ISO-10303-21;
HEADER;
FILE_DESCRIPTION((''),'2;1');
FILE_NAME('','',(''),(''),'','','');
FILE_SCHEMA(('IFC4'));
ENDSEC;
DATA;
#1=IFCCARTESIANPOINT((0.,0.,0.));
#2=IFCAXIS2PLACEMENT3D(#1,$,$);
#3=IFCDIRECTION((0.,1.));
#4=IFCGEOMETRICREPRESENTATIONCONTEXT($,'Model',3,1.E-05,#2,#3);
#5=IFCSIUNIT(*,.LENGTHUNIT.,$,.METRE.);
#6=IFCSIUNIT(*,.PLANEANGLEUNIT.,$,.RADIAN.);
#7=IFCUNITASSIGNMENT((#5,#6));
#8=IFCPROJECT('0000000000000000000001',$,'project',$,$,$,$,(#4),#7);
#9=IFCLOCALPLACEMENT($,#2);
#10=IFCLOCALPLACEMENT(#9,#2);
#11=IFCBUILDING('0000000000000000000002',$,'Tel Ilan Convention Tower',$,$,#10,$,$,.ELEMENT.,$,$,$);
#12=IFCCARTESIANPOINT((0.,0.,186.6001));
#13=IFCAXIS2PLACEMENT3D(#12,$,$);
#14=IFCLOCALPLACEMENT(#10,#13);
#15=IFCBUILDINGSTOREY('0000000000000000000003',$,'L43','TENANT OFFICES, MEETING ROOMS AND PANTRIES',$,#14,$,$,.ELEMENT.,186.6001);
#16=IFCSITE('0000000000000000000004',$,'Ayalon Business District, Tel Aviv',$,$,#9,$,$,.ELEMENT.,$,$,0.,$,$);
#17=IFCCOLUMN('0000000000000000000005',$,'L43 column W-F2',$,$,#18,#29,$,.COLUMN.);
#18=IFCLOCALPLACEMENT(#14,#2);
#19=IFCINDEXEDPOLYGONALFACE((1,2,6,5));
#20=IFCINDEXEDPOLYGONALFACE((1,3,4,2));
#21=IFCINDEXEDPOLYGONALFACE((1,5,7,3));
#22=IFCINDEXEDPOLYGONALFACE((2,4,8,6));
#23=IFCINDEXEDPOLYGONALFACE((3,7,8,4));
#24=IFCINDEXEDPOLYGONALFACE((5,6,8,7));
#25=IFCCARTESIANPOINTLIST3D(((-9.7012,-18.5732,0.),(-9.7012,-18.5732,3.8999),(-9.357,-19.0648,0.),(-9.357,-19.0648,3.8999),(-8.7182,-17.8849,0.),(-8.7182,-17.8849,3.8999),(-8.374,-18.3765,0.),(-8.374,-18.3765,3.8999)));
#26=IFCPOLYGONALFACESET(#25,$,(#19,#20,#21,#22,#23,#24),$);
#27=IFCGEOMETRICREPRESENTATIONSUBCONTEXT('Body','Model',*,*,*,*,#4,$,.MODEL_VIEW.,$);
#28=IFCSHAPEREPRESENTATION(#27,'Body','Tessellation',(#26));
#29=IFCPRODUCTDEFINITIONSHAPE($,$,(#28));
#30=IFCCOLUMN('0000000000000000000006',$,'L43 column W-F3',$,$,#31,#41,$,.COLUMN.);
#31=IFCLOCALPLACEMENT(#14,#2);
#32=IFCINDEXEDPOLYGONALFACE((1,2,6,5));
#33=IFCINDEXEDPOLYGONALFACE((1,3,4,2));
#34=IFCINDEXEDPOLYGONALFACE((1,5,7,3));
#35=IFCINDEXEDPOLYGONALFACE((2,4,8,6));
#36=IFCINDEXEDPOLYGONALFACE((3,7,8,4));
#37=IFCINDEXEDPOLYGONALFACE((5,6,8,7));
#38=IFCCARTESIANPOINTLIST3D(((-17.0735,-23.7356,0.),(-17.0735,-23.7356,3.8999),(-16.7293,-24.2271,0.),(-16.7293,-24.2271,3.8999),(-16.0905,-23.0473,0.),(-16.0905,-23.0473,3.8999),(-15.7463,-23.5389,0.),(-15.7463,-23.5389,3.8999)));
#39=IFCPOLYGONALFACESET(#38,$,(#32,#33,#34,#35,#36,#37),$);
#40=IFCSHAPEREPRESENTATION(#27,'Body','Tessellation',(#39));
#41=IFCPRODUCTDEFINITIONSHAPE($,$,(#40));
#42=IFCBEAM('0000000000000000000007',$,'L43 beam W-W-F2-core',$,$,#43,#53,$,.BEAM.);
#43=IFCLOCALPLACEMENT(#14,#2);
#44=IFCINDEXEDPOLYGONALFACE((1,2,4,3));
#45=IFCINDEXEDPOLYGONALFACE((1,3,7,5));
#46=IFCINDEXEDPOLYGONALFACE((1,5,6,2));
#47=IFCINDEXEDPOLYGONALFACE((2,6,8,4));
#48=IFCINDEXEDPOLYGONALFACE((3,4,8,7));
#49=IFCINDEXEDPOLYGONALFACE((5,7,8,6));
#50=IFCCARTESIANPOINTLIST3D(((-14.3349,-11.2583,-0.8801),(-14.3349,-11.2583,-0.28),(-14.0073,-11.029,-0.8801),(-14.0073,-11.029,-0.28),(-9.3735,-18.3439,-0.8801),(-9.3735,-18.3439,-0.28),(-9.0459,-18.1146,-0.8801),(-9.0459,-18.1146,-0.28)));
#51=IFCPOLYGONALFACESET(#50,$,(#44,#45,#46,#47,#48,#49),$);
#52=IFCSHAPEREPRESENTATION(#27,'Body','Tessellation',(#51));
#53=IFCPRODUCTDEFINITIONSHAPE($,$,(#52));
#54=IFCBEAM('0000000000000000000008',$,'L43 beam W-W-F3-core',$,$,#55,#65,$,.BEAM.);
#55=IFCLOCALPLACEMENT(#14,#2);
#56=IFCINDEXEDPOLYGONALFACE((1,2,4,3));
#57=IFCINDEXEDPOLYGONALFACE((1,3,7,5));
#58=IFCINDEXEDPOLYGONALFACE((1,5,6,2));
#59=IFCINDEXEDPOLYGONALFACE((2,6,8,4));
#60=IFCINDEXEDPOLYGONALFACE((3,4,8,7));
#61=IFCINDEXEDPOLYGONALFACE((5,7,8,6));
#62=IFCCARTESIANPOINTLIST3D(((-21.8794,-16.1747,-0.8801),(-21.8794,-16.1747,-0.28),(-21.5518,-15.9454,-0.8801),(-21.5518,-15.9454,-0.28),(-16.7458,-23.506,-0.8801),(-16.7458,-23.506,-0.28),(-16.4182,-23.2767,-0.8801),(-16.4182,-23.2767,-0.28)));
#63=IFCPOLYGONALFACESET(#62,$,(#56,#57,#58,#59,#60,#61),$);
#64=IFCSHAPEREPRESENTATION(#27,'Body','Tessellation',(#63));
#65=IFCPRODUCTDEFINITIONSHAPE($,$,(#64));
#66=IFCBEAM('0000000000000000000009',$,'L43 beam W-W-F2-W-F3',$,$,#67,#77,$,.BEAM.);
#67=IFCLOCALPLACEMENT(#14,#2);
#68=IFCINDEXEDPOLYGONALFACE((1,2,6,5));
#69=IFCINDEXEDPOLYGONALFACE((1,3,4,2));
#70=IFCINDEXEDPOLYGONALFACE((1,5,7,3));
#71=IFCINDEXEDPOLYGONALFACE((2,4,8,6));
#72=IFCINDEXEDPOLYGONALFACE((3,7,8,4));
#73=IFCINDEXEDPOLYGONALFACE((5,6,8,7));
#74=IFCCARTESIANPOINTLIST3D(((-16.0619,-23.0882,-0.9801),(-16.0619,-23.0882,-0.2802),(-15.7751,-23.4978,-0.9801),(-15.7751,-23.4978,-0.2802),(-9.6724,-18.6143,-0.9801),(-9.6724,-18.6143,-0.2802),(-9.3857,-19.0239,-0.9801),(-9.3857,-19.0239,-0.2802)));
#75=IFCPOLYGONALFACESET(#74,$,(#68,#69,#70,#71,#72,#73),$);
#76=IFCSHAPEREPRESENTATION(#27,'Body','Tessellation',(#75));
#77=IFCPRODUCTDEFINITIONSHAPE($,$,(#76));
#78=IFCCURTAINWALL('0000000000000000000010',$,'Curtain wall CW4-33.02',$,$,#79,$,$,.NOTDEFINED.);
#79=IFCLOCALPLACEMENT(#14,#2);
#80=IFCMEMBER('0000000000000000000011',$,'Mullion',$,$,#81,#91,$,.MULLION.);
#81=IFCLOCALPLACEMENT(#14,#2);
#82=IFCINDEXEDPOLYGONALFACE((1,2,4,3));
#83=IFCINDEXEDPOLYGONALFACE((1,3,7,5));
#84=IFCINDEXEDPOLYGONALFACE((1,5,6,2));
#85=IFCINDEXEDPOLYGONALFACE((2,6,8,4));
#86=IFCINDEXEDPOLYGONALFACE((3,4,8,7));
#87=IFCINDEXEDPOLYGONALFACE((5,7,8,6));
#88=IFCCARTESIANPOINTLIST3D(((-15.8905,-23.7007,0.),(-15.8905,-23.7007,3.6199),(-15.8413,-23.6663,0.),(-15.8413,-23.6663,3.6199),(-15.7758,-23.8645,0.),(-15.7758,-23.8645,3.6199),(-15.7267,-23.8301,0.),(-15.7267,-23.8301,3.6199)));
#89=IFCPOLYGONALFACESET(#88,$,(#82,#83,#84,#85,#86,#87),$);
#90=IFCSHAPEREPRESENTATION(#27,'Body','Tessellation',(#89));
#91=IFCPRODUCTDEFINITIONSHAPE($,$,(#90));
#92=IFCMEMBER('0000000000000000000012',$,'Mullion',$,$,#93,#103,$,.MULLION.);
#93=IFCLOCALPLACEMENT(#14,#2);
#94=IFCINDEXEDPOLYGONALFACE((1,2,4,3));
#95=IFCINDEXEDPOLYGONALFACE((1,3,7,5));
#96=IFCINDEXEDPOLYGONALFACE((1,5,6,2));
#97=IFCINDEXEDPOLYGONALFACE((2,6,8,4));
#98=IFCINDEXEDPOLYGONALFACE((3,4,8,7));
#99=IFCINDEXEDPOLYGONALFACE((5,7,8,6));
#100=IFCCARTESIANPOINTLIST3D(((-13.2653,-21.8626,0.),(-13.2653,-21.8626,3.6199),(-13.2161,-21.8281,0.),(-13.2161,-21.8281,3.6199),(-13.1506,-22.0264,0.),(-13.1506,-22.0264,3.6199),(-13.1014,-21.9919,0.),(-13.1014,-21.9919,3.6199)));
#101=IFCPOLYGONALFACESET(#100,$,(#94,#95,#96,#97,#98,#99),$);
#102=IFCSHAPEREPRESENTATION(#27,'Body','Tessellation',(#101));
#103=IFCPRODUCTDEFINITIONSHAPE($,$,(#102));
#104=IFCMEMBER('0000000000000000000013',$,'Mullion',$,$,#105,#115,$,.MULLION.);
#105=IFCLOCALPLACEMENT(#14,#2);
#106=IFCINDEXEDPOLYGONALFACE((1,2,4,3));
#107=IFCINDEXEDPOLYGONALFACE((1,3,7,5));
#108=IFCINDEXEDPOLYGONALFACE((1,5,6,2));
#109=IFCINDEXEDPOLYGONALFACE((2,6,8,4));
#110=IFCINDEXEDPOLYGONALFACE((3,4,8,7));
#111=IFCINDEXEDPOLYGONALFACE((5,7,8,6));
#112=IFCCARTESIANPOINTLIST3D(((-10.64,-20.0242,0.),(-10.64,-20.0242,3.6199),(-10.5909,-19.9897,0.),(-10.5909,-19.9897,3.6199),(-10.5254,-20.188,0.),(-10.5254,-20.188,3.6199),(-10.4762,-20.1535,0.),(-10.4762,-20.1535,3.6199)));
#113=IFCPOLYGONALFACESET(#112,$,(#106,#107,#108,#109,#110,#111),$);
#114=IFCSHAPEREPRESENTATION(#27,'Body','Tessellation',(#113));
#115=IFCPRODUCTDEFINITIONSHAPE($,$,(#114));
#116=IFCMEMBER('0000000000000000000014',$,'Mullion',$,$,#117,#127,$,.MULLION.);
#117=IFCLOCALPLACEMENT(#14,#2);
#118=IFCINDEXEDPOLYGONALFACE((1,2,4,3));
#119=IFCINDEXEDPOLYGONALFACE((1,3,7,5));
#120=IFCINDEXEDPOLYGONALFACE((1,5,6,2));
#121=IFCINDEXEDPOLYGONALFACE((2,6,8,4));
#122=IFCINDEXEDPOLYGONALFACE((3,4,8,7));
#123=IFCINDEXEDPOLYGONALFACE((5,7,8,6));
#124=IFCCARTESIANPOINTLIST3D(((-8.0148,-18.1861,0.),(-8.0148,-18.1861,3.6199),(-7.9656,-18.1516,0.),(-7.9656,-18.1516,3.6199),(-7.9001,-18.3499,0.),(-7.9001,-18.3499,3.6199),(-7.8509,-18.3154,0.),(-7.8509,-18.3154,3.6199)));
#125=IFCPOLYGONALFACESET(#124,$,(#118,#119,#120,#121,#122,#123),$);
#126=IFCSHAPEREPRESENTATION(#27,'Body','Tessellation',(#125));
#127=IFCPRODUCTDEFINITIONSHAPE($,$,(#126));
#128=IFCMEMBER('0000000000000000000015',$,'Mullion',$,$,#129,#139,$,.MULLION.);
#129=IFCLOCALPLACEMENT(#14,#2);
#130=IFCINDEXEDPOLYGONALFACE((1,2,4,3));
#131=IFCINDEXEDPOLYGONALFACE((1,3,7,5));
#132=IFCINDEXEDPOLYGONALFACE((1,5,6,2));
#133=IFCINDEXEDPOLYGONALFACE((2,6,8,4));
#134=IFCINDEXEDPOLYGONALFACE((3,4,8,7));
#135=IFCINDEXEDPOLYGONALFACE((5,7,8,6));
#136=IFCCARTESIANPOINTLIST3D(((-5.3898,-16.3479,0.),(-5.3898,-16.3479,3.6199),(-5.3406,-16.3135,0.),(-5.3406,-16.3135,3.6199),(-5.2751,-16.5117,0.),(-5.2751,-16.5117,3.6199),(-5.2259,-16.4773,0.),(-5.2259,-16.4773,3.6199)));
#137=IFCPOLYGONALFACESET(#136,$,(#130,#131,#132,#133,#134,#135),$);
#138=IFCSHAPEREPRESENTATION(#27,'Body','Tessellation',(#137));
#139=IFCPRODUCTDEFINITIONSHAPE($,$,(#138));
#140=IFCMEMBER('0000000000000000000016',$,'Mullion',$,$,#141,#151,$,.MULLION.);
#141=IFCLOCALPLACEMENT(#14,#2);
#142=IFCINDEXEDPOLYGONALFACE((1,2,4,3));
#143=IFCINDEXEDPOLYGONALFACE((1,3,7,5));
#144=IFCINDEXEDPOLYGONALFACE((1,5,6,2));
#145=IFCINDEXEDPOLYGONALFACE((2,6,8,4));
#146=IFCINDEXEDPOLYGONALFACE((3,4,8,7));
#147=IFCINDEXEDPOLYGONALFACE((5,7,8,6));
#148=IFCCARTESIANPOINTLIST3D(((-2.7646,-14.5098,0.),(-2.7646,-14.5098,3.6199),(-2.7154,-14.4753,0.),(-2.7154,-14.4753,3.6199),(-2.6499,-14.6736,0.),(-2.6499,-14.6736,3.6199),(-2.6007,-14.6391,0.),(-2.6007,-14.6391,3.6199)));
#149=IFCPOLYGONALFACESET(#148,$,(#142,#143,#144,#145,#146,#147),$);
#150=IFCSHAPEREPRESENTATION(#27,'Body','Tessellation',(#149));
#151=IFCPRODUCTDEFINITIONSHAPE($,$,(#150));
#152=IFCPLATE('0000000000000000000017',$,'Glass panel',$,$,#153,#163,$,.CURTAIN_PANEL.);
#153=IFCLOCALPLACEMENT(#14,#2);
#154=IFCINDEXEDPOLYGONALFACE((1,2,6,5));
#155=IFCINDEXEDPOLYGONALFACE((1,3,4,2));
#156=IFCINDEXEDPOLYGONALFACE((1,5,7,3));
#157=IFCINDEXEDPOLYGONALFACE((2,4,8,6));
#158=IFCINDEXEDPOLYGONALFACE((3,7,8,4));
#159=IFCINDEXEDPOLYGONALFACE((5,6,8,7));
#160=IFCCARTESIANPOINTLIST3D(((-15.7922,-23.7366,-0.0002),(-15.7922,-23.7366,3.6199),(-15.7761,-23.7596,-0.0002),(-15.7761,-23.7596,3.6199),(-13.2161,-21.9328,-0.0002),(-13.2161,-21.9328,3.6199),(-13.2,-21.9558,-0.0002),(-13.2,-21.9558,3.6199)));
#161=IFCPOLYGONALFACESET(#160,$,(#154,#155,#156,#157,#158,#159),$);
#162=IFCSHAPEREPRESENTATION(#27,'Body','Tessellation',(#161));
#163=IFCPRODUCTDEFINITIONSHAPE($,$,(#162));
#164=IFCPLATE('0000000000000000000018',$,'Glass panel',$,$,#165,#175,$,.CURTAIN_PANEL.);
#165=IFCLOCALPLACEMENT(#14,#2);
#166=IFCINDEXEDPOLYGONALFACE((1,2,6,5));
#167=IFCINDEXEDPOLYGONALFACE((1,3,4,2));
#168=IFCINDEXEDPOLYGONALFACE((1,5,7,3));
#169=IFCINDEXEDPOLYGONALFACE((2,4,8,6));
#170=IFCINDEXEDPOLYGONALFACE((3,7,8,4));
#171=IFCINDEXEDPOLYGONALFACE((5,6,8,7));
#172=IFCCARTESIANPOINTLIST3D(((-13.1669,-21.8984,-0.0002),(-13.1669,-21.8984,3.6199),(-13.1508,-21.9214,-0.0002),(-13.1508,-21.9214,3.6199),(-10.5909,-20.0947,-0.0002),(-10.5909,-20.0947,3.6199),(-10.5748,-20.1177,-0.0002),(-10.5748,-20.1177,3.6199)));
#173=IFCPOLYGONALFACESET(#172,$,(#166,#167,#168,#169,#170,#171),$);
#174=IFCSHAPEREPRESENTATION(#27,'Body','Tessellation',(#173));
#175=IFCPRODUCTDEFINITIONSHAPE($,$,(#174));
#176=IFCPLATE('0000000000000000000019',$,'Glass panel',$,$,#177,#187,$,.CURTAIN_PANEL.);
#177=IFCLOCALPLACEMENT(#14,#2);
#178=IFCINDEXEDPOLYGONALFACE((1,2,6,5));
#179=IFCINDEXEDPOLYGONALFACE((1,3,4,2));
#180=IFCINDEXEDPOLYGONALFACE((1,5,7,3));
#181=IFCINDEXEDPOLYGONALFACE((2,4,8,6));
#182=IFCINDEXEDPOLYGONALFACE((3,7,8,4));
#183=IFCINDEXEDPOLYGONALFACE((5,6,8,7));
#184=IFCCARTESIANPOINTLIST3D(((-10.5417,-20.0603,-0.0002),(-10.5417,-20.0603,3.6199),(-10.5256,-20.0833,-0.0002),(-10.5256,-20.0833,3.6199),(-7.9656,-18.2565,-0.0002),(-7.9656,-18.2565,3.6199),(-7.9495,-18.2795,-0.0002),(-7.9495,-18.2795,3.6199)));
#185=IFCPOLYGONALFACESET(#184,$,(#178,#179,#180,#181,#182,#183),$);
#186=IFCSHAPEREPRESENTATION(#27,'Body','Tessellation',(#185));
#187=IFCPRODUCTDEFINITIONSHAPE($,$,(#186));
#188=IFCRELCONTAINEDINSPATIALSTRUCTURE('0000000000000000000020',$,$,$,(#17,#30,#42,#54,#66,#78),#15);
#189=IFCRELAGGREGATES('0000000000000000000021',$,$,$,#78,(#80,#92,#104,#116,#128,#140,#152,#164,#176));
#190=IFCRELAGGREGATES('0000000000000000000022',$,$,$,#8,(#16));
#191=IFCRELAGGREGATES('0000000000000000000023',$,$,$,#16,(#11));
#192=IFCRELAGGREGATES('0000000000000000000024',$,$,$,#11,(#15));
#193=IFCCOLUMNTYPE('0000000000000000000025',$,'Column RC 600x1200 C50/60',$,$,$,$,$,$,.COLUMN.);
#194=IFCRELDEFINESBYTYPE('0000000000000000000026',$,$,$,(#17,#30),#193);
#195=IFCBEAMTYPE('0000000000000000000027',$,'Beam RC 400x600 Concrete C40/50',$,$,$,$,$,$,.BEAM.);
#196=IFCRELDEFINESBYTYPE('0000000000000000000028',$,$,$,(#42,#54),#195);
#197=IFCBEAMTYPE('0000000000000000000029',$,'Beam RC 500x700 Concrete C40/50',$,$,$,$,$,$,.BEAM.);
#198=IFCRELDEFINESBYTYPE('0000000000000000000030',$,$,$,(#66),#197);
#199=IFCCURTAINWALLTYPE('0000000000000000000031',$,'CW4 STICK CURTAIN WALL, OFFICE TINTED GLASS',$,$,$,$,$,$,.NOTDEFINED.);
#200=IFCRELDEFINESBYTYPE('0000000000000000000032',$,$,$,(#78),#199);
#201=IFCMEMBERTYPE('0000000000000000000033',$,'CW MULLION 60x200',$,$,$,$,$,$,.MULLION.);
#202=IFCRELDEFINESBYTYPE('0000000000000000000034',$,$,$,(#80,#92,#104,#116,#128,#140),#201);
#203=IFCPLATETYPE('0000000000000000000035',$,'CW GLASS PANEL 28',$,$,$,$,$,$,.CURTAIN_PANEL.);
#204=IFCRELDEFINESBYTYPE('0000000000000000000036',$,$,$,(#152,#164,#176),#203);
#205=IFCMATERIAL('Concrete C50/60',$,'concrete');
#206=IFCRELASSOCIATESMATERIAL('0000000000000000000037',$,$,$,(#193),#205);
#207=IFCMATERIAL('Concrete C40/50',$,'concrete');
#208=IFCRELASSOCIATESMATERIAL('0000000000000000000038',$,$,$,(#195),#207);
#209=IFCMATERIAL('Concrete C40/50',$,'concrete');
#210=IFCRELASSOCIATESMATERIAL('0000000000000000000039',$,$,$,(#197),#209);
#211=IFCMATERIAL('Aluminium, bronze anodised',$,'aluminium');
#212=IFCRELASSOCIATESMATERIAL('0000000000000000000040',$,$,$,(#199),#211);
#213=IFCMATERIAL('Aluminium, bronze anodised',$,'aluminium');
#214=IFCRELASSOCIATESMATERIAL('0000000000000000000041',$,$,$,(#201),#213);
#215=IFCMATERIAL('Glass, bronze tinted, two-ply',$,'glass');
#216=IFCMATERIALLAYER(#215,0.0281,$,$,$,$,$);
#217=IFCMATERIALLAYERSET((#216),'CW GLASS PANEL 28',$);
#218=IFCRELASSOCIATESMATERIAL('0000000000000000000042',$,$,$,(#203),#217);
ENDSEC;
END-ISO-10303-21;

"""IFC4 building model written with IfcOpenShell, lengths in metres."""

from ifc_helpers import new_model, si_unit, direction, frame, origin, origin_2d, place, context, subcontext, project, spatial, rectangle, extrude, material, layer, layer_set, material_profile, profile_set, type_object, element, aggregate, save


model = new_model("IFC4")

# Units and contexts
model_context = context("Model", 3, precision=1e-05, world=origin(), true_north=direction((0.0, 1.0)))
body_context = subcontext(model_context, "Body", "Model", "MODEL_VIEW")
ifc_project = project(units=[si_unit("LENGTHUNIT", "METRE"), si_unit("PLANEANGLEUNIT", "RADIAN")], contexts=[model_context])

# Site, building, storey
site_placement = place(None, origin())
site = spatial("IfcSite", under=ifc_project, at=site_placement, Name="Ayalon Business District, Tel Aviv", CompositionType="ELEMENT", RefElevation=0.0)
building_placement = place(site_placement, origin())
building = spatial("IfcBuilding", under=site, at=building_placement, Name="Tel Ilan Convention Tower", CompositionType="ELEMENT")
storey_placement = place(building_placement, frame((0.0, 0.0, 186.6001)))
storey = spatial("IfcBuildingStorey", under=building, at=storey_placement, Name="L43", Description="TENANT OFFICES, MEETING ROOMS AND PANTRIES", CompositionType="ELEMENT", Elevation=186.6001)

# Columns
ifc_material_1 = material(Name="Concrete C50/60", Category="concrete")
ifc_material_profile_1 = material_profile(ifc_material_1, rectangle(XDim=1.2, YDim=0.6001, at=origin_2d()), Name="RC 600x1200")
ifc_profile_set_1 = profile_set([ifc_material_profile_1], Name="Concrete C50/60")
column_type = type_object("IfcColumnType", Name="Column RC 600x1200 C50/60", PredefinedType="COLUMN", material=ifc_profile_set_1)
for number, where, z_axis, x_axis, name in (
    (1, (-9.0376, -18.4749, 0.0), (0.0, 0.0, 1.0), (-0.819152, -0.573576, 0.0), "L43 column W-F2"),
    (2, (-16.4099, -23.6372, 0.0), (0.0, 0.0, 1.0), (-0.819152, -0.573576, 0.0), "L43 column W-F3"),
):
    element("IfcColumn", number, at=place(storey_placement, frame(where, z_axis=z_axis, x_axis=x_axis)), inside=storey, type_object=column_type, Name=name, PredefinedType="COLUMN", context=body_context, shape_type="SweptSolid", body=[
        extrude(rectangle(XDim=1.2, YDim=0.6001, at=origin_2d()), origin(), (0.0, 0.0, 1.0), 3.8999),
    ])

# Beams
ifc_material_2 = material(Name="Concrete C40/50", Category="concrete")
ifc_material_profile_2 = material_profile(ifc_material_2, rectangle(XDim=0.3999, YDim=0.6001, at=origin_2d()), Name="RC 400x600")
ifc_profile_set_2 = profile_set([ifc_material_profile_2], Name="Concrete C40/50")
beam_type_1 = type_object("IfcBeamType", Name="Beam RC 400x600 Concrete C40/50", PredefinedType="BEAM", material=ifc_profile_set_2)
beam_1_placement = place(storey_placement, frame((-9.2097, -18.2292, -0.5801), z_axis=(-0.573574, 0.819154, 0.0), x_axis=(-0.819154, -0.573574, 0.0)))
element("IfcBeam", 3, at=beam_1_placement, inside=storey, type_object=beam_type_1, Name="L43 beam W-W-F2-core", PredefinedType="BEAM", context=body_context, shape_type="SweptSolid", body=[
    extrude(rectangle(XDim=0.3999, YDim=0.6001, at=origin_2d()), origin(), (0.0, 0.0, 1.0), 8.6499),
])
beam_2_placement = place(storey_placement, frame((-16.582, -23.3914, -0.5801), z_axis=(-0.573585, 0.819146, 0.0), x_axis=(-0.819146, -0.573585, 0.0)))
element("IfcBeam", 4, at=beam_2_placement, inside=storey, type_object=beam_type_1, Name="L43 beam W-W-F3-core", PredefinedType="BEAM", context=body_context, shape_type="SweptSolid", body=[
    extrude(rectangle(XDim=0.3999, YDim=0.6001, at=origin_2d()), origin(), (0.0, 0.0, 1.0), 8.95),
])
ifc_material_3 = material(Name="Concrete C40/50", Category="concrete")
ifc_material_profile_3 = material_profile(ifc_material_3, rectangle(XDim=0.5, YDim=0.7, at=origin_2d()), Name="RC 500x700")
ifc_profile_set_3 = profile_set([ifc_material_profile_3], Name="Concrete C40/50")
beam_type_2 = type_object("IfcBeamType", Name="Beam RC 500x700 Concrete C40/50", PredefinedType="BEAM", material=ifc_profile_set_3)
beam_3_placement = place(storey_placement, frame((-9.5291, -18.8191, -0.6301), z_axis=(-0.819154, -0.573574, 0.0), x_axis=(0.573574, -0.819154, 0.0)))
element("IfcBeam", 5, at=beam_3_placement, inside=storey, type_object=beam_type_2, Name="L43 beam W-W-F2-W-F3", PredefinedType="BEAM", context=body_context, shape_type="SweptSolid", body=[
    extrude(rectangle(XDim=0.5, YDim=0.7, at=origin_2d()), origin(), (0.0, 0.0, 1.0), 7.8),
])

# Curtain wall, members, plates
ifc_material_4 = material(Name="Aluminium, bronze anodised", Category="aluminium")
curtain_wall_type = type_object("IfcCurtainWallType", Name="CW4 STICK CURTAIN WALL, OFFICE TINTED GLASS", PredefinedType="NOTDEFINED", material=ifc_material_4)
curtain_wall_placement = place(storey_placement, origin())
curtain_wall = element("IfcCurtainWall", 6, at=curtain_wall_placement, inside=storey, type_object=curtain_wall_type, Name="Curtain wall CW4-33.02", PredefinedType="NOTDEFINED")
ifc_material_5 = material(Name="Aluminium, bronze anodised", Category="aluminium")
ifc_material_profile_4 = material_profile(ifc_material_5, rectangle(XDim=0.0601, YDim=0.2, at=origin_2d()), Name="CW MULLION 60x200")
ifc_profile_set_4 = profile_set([ifc_material_profile_4], Name="Aluminium, bronze anodised")
member_type = type_object("IfcMemberType", Name="CW MULLION 60x200", PredefinedType="MULLION", material=ifc_profile_set_4)
member_1_placement = place(storey_placement, frame((-15.8086, -23.7654, 0.0), z_axis=(0.0, 0.0, 1.0), x_axis=(0.819152, 0.573576, 0.0)))
member_1 = element("IfcMember", 7, at=member_1_placement, type_object=member_type, Name="Mullion", PredefinedType="MULLION", context=body_context, shape_type="SweptSolid", body=[
    extrude(rectangle(XDim=0.0601, YDim=0.2, at=origin_2d()), origin(), (0.0, 0.0, 1.0), 3.6199),
])
member_2_placement = place(storey_placement, frame((-13.1833, -21.9272, 0.0), z_axis=(0.0, 0.0, 1.0), x_axis=(0.819152, 0.573576, 0.0)))
member_2 = element("IfcMember", 8, at=member_2_placement, type_object=member_type, Name="Mullion", PredefinedType="MULLION", context=body_context, shape_type="SweptSolid", body=[
    extrude(rectangle(XDim=0.0601, YDim=0.2, at=origin_2d()), origin(), (0.0, 0.0, 1.0), 3.6199),
])
member_3_placement = place(storey_placement, frame((-10.5581, -20.0889, 0.0), z_axis=(0.0, 0.0, 1.0), x_axis=(0.819152, 0.573576, 0.0)))
member_3 = element("IfcMember", 9, at=member_3_placement, type_object=member_type, Name="Mullion", PredefinedType="MULLION", context=body_context, shape_type="SweptSolid", body=[
    extrude(rectangle(XDim=0.0601, YDim=0.2, at=origin_2d()), origin(), (0.0, 0.0, 1.0), 3.6199),
])
member_4_placement = place(storey_placement, frame((-7.9329, -18.2507, 0.0), z_axis=(0.0, 0.0, 1.0), x_axis=(0.819152, 0.573576, 0.0)))
member_4 = element("IfcMember", 10, at=member_4_placement, type_object=member_type, Name="Mullion", PredefinedType="MULLION", context=body_context, shape_type="SweptSolid", body=[
    extrude(rectangle(XDim=0.0601, YDim=0.2, at=origin_2d()), origin(), (0.0, 0.0, 1.0), 3.6199),
])
member_5_placement = place(storey_placement, frame((-5.3079, -16.4126, 0.0), z_axis=(0.0, 0.0, 1.0), x_axis=(0.819152, 0.573576, 0.0)))
member_5 = element("IfcMember", 11, at=member_5_placement, type_object=member_type, Name="Mullion", PredefinedType="MULLION", context=body_context, shape_type="SweptSolid", body=[
    extrude(rectangle(XDim=0.0601, YDim=0.2, at=origin_2d()), origin(), (0.0, 0.0, 1.0), 3.6199),
])
member_6_placement = place(storey_placement, frame((-2.6826, -14.5745, 0.0), z_axis=(0.0, 0.0, 1.0), x_axis=(0.819152, 0.573576, 0.0)))
member_6 = element("IfcMember", 12, at=member_6_placement, type_object=member_type, Name="Mullion", PredefinedType="MULLION", context=body_context, shape_type="SweptSolid", body=[
    extrude(rectangle(XDim=0.0601, YDim=0.2, at=origin_2d()), origin(), (0.0, 0.0, 1.0), 3.6199),
])
ifc_material_6 = material(Name="Glass, bronze tinted, two-ply", Category="glass")
ifc_layer_1 = layer(ifc_material_6, 0.0281)
ifc_layer_set_1 = layer_set([ifc_layer_1], Name="CW GLASS PANEL 28")
plate_type = type_object("IfcPlateType", Name="CW GLASS PANEL 28", PredefinedType="CURTAIN_PANEL", material=ifc_layer_set_1)
plate_1_placement = place(storey_placement, frame((-14.4961, -22.8462, -0.0002), z_axis=(0.0, 0.0, 1.0), x_axis=(0.819152, 0.573576, 0.0)))
plate_1 = element("IfcPlate", 13, at=plate_1_placement, type_object=plate_type, Name="Glass panel", PredefinedType="CURTAIN_PANEL", context=body_context, shape_type="SweptSolid", body=[
    extrude(rectangle(XDim=3.1448, YDim=0.0281, at=origin_2d()), origin(), (0.0, 0.0, 1.0), 3.6201),
])
plate_2_placement = place(storey_placement, frame((-11.8708, -21.0081, -0.0002), z_axis=(0.0, 0.0, 1.0), x_axis=(0.819152, 0.573576, 0.0)))
plate_2 = element("IfcPlate", 14, at=plate_2_placement, type_object=plate_type, Name="Glass panel", PredefinedType="CURTAIN_PANEL", context=body_context, shape_type="SweptSolid", body=[
    extrude(rectangle(XDim=3.1448, YDim=0.0281, at=origin_2d()), origin(), (0.0, 0.0, 1.0), 3.6201),
])
plate_3_placement = place(storey_placement, frame((-9.2456, -19.1699, -0.0002), z_axis=(0.0, 0.0, 1.0), x_axis=(0.819152, 0.573576, 0.0)))
plate_3 = element("IfcPlate", 15, at=plate_3_placement, type_object=plate_type, Name="Glass panel", PredefinedType="CURTAIN_PANEL", context=body_context, shape_type="SweptSolid", body=[
    extrude(rectangle(XDim=3.1448, YDim=0.0281, at=origin_2d()), origin(), (0.0, 0.0, 1.0), 3.6201),
])
aggregate(curtain_wall, [member_1, member_2, member_3, member_4, member_5, member_6, plate_1, plate_2, plate_3])

save(model, "model.ifc")
